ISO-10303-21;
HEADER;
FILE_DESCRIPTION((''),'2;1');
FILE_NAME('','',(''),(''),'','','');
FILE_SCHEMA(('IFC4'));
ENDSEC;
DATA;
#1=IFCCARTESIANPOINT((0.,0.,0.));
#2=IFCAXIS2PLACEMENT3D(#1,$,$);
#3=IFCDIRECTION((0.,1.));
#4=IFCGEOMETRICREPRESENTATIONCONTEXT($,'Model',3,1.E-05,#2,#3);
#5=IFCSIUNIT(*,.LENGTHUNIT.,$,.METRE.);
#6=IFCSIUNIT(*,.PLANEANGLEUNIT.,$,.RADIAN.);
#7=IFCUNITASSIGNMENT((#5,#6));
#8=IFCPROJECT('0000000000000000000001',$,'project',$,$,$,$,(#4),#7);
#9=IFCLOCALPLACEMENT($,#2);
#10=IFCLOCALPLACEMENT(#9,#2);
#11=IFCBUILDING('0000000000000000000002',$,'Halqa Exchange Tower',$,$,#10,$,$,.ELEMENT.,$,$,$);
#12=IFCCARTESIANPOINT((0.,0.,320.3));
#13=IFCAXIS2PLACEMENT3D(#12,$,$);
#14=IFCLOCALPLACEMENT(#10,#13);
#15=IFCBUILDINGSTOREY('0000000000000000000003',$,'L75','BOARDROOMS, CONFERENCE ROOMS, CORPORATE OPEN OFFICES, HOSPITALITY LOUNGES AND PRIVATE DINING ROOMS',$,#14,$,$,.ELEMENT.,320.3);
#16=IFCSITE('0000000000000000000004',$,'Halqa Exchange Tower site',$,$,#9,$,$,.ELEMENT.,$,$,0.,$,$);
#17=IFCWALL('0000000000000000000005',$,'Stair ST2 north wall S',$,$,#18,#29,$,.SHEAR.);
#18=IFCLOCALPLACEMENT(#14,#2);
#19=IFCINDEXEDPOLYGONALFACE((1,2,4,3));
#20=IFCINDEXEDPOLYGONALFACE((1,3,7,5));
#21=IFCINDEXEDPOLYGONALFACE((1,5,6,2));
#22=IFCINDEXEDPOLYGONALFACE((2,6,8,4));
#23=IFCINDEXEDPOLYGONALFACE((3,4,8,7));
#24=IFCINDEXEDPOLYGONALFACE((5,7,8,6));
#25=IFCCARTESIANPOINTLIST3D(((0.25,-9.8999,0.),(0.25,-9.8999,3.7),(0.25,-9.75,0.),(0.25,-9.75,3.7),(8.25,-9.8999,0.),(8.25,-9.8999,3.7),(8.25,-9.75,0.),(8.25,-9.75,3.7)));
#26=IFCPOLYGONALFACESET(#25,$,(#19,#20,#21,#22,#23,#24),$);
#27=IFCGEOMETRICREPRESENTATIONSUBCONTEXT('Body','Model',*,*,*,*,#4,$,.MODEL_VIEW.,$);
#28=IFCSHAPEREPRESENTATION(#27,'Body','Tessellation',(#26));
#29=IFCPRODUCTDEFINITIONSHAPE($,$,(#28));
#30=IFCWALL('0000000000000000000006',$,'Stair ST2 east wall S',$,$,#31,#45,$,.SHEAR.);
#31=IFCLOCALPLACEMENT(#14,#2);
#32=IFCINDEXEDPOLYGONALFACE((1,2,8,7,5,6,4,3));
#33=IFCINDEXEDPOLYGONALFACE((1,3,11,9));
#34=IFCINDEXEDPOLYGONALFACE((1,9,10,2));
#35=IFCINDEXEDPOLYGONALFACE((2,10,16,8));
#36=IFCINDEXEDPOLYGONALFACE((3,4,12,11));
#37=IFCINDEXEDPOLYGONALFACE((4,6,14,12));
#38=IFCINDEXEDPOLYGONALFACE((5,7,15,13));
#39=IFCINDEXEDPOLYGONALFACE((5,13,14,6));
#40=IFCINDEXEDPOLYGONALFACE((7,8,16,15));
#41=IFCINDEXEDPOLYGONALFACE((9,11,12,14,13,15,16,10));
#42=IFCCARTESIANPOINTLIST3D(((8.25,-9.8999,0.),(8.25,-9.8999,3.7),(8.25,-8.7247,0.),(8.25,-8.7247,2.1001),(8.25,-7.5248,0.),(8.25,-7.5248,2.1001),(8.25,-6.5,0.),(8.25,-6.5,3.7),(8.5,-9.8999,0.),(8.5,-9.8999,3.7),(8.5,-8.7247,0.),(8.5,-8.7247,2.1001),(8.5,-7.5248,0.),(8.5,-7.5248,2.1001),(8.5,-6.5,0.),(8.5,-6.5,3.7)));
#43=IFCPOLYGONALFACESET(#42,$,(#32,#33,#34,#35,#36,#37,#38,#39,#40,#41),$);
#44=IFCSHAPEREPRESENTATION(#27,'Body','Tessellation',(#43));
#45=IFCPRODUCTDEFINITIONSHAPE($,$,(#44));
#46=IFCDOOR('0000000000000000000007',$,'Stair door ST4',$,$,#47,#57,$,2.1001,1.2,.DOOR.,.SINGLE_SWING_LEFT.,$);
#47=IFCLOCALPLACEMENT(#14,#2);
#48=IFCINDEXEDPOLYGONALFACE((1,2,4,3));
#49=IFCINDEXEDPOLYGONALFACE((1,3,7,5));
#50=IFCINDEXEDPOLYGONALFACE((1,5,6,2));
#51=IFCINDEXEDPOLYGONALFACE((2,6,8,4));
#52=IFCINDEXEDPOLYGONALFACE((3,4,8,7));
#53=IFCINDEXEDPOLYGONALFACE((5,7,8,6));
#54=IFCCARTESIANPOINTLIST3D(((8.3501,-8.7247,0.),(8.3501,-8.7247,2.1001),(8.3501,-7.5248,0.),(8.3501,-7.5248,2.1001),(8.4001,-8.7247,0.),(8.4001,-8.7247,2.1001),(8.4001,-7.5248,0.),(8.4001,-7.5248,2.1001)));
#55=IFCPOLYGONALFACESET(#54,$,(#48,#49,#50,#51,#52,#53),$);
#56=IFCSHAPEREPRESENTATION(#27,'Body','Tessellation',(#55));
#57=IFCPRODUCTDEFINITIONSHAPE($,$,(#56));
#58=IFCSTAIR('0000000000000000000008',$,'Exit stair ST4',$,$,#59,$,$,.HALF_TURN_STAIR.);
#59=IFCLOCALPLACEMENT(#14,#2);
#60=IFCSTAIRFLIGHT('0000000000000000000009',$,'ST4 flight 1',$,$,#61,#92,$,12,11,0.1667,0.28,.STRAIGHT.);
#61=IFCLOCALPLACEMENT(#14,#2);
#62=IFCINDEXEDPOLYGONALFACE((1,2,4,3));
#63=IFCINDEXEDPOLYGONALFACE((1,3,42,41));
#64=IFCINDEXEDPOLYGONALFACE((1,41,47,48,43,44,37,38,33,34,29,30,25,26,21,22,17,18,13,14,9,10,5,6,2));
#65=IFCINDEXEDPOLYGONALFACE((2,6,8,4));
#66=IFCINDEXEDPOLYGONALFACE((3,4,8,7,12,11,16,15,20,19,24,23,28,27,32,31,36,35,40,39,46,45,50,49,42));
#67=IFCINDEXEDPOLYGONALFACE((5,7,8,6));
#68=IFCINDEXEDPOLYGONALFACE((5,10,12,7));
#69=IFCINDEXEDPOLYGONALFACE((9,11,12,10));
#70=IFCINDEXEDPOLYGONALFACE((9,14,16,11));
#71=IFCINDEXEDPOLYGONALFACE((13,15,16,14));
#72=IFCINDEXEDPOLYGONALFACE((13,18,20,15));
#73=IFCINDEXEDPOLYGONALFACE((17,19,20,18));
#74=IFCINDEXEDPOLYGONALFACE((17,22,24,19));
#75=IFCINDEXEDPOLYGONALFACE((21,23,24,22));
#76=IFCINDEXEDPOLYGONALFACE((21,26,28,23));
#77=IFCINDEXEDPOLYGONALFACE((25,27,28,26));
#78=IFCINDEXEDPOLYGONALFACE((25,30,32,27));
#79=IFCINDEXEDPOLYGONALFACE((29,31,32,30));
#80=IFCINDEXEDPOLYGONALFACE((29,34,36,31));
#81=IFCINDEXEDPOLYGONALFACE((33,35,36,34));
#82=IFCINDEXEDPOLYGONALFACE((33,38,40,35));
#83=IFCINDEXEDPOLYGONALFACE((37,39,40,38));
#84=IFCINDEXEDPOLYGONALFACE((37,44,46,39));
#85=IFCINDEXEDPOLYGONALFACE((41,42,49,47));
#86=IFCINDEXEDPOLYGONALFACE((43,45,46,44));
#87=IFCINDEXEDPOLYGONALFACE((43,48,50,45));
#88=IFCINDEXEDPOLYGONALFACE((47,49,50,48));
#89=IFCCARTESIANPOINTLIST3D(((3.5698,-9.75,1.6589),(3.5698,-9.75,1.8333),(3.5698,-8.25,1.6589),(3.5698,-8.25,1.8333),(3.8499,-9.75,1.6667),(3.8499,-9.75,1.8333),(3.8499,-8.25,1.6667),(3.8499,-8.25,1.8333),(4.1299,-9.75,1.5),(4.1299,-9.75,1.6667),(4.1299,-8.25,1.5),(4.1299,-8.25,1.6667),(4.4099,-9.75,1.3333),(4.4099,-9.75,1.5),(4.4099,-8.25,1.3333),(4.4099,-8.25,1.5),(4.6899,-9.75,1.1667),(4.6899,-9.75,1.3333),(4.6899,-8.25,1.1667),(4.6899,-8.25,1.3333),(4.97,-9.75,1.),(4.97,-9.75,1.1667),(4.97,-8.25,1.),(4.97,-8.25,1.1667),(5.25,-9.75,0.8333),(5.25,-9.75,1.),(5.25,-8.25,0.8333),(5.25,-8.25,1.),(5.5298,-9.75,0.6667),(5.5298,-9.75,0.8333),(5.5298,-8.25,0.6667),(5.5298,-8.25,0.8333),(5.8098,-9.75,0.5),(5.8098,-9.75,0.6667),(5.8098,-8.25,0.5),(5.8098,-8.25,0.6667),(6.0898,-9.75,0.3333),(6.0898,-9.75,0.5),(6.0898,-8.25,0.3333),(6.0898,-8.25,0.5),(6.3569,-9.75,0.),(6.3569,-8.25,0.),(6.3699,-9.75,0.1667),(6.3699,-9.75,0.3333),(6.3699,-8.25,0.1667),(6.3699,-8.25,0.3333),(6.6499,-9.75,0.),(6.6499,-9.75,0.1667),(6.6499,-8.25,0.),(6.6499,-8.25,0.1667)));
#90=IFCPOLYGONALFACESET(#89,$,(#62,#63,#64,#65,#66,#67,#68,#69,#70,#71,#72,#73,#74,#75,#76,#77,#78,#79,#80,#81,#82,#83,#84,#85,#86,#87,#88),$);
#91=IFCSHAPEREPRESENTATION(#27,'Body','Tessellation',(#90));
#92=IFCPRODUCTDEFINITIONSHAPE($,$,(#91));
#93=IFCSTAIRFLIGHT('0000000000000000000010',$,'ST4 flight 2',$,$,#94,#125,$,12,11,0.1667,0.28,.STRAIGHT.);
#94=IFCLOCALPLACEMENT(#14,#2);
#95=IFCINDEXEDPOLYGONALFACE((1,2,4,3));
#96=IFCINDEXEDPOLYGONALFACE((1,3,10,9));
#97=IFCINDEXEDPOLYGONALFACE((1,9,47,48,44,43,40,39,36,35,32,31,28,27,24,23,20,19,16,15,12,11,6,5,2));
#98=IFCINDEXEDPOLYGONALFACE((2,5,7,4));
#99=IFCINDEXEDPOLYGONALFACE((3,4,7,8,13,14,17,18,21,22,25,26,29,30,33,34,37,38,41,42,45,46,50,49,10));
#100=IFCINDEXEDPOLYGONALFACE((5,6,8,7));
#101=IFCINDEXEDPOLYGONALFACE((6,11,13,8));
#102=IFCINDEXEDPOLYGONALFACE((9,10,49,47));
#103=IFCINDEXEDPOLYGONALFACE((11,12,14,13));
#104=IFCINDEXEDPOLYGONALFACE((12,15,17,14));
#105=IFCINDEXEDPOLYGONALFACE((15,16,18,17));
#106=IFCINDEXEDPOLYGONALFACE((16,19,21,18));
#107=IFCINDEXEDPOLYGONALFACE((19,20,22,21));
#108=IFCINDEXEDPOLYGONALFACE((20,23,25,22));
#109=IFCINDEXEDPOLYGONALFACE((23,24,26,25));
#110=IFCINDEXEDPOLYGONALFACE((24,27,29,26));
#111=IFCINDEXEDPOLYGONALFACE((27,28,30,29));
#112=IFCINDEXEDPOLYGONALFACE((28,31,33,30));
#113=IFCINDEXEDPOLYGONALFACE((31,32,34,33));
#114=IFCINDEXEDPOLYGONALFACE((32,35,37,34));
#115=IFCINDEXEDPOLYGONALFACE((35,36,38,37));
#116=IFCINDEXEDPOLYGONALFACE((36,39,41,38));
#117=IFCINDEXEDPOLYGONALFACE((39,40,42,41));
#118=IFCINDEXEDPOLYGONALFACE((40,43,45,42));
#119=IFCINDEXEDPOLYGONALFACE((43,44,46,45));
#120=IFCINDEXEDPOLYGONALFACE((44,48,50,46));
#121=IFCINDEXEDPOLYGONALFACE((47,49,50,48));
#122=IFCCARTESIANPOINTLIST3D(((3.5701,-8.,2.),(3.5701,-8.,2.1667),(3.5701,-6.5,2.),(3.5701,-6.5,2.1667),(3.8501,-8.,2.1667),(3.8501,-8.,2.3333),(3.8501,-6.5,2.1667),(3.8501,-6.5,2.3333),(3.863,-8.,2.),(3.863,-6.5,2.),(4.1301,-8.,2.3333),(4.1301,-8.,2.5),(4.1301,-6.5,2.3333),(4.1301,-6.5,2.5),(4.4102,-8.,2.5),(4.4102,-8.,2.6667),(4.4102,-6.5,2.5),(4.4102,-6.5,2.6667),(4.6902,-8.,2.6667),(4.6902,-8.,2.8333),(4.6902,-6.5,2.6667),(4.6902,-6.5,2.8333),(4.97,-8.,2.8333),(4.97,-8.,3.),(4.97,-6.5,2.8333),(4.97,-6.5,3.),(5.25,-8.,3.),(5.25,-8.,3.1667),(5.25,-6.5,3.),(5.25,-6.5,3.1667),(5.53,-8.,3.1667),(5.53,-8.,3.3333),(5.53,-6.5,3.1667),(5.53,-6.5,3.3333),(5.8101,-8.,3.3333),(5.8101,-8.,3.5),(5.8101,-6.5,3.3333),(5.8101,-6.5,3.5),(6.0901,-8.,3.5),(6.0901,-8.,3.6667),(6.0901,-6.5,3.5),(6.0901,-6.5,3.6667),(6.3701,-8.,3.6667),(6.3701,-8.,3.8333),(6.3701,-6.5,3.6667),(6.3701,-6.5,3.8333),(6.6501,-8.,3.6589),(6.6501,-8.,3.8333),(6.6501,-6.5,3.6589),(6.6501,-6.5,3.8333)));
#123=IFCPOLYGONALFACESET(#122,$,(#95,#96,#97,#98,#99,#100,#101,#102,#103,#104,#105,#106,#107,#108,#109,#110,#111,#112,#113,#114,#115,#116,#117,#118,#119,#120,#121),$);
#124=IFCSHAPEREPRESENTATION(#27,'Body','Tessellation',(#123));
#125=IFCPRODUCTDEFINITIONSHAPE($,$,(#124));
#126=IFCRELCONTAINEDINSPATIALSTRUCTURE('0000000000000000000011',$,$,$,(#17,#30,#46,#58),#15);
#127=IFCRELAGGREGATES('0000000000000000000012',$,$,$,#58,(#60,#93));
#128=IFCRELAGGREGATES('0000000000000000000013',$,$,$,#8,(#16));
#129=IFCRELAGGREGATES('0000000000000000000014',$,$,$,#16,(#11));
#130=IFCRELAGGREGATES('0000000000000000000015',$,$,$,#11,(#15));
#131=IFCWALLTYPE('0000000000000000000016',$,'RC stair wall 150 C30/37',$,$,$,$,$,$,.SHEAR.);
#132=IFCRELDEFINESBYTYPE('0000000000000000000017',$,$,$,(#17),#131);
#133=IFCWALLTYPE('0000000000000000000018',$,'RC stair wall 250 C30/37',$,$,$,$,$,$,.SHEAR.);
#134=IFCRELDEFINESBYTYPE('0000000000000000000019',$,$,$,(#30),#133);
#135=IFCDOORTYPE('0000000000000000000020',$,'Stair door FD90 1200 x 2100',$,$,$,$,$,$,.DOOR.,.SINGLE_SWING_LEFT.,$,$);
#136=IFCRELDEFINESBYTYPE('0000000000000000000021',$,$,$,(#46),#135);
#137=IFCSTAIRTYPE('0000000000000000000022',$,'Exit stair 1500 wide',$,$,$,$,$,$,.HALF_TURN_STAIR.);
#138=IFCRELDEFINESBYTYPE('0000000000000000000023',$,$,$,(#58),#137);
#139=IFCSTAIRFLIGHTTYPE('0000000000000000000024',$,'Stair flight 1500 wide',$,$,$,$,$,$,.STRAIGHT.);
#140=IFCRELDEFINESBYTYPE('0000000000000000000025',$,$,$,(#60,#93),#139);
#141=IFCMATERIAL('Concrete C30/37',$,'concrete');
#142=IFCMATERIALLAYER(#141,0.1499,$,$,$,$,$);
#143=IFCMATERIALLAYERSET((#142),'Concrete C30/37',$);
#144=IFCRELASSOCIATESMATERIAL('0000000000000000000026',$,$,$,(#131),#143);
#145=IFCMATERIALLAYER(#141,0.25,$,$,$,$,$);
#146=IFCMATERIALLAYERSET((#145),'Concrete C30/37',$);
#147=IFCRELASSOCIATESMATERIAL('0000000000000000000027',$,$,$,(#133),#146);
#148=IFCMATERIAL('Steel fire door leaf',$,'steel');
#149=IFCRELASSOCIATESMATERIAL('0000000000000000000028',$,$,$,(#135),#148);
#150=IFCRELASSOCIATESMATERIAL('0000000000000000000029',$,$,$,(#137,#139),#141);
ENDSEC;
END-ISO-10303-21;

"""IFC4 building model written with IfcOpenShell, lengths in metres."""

from ifc_helpers import new_model, si_unit, direction, frame, frame_2d, origin, place, context, subcontext, project, spatial, polyline, rectangle, outline, extrude, material, layer, layer_set, type_object, element, fill, aggregate, save


model = new_model("IFC4")

# Units and contexts
model_context = context("Model", 3, precision=1e-05, world=origin(), true_north=direction((0.0, 1.0)))
body_context = subcontext(model_context, "Body", "Model", "MODEL_VIEW")
ifc_project = project(units=[si_unit("LENGTHUNIT", "METRE"), si_unit("PLANEANGLEUNIT", "RADIAN")], contexts=[model_context])

# Site, building, storey
site_placement = place(None, origin())
site = spatial("IfcSite", under=ifc_project, at=site_placement, Name="Halqa Exchange Tower site", CompositionType="ELEMENT", RefElevation=0.0)
building_placement = place(site_placement, origin())
building = spatial("IfcBuilding", under=site, at=building_placement, Name="Halqa Exchange Tower", CompositionType="ELEMENT")
storey_placement = place(building_placement, frame((0.0, 0.0, 320.3)))
storey = spatial("IfcBuildingStorey", under=building, at=storey_placement, Name="L75", Description="BOARDROOMS, CONFERENCE ROOMS, CORPORATE OPEN OFFICES, HOSPITALITY LOUNGES AND PRIVATE DINING ROOMS", CompositionType="ELEMENT", Elevation=320.3)

# Wall
ifc_material_1 = material(Name="Concrete C30/37", Category="concrete")
ifc_layer_1 = layer(ifc_material_1, 0.1499)
ifc_layer_set_1 = layer_set([ifc_layer_1], Name="Concrete C30/37")
wall_type_1 = type_object("IfcWallType", Name="RC stair wall 150 C30/37", PredefinedType="SHEAR", material=ifc_layer_set_1)
wall_1_placement = place(storey_placement, frame((0.25, -9.825, 0.0), z_axis=(0.0, 0.0, 1.0), x_axis=(1.0, 0.0, 0.0)))
element("IfcWall", 1, at=wall_1_placement, inside=storey, type_object=wall_type_1, Name="Stair ST2 north wall S", PredefinedType="SHEAR", context=body_context, shape_type="SweptSolid", body=[
    extrude(rectangle(XDim=8.0, YDim=0.1499, at=frame_2d((4.0, 0.0))), origin(), (0.0, 0.0, 1.0), 3.7),
])

# Wall, opening, door
ifc_layer_2 = layer(ifc_material_1, 0.25)
ifc_layer_set_2 = layer_set([ifc_layer_2], Name="Concrete C30/37")
wall_type_2 = type_object("IfcWallType", Name="RC stair wall 250 C30/37", PredefinedType="SHEAR", material=ifc_layer_set_2)
wall_2_placement = place(storey_placement, frame((8.375, -9.8999, 0.0), z_axis=(0.0, 0.0, 1.0), x_axis=(0.0, 1.0, 0.0)))
wall_2 = element("IfcWall", 2, at=wall_2_placement, inside=storey, type_object=wall_type_2, Name="Stair ST2 east wall S", PredefinedType="SHEAR", context=body_context, shape_type="SweptSolid", body=[
    extrude(rectangle(XDim=3.3999, YDim=0.25, at=frame_2d((1.7, 0.0))), origin(), (0.0, 0.0, 1.0), 3.7),
])
opening_placement = place(wall_2_placement, frame((1.175, 0.0, 0.0)))
opening = element("IfcOpeningElement", 3, at=opening_placement, cuts=wall_2, PredefinedType="OPENING", context=body_context, shape_type="SweptSolid", body=[
    extrude(rectangle(XDim=1.2, YDim=2.1001, at=frame_2d((0.6001, 1.05))), frame((0.0, 0.137, 0.0), z_axis=(0.0, -1.0, 0.0), x_axis=(1.0, 0.0, 0.0)), (0.0, 0.0, 1.0), 0.2739),
])
ifc_material_2 = material(Name="Steel fire door leaf", Category="steel")
door_type = type_object("IfcDoorType", Name="Stair door FD90 1200 x 2100", OperationType="SINGLE_SWING_LEFT", PredefinedType="DOOR", material=ifc_material_2)
door_placement = place(opening_placement, origin())
door = element("IfcDoor", 4, at=door_placement, inside=storey, type_object=door_type, Name="Stair door ST4", OperationType="SINGLE_SWING_LEFT", OverallHeight=2.1001, OverallWidth=1.2, PredefinedType="DOOR", context=body_context, shape_type="SweptSolid", body=[
    extrude(rectangle(XDim=1.2, YDim=2.1001, at=frame_2d((0.6001, 1.05))), frame((0.0, 0.0249, 0.0), z_axis=(0.0, -1.0, 0.0), x_axis=(1.0, 0.0, 0.0)), (0.0, 0.0, 1.0), 0.05),
])
fill(opening, door)

# Stair, stair flights
stair_type = type_object("IfcStairType", Name="Exit stair 1500 wide", PredefinedType="HALF_TURN_STAIR", material=ifc_material_1)
stair_placement = place(storey_placement, origin())
stair = element("IfcStair", 5, at=stair_placement, inside=storey, type_object=stair_type, Name="Exit stair ST4", PredefinedType="HALF_TURN_STAIR")
stair_flight_type = type_object("IfcStairFlightType", Name="Stair flight 1500 wide", PredefinedType="STRAIGHT", material=ifc_material_1)
stair_flight_1_placement = place(storey_placement, frame((6.6499, -9.0, 0.0), z_axis=(0.0, 0.0, 1.0), x_axis=(-1.0, 0.0, 0.0)))
stair_flight_1 = element("IfcStairFlight", 6, at=stair_flight_1_placement, type_object=stair_flight_type, Name="ST4 flight 1", NumberOfRisers=12, NumberOfTreads=11, PredefinedType="STRAIGHT", RiserHeight=0.1667, TreadLength=0.28, context=body_context, shape_type="SweptSolid", body=[
    extrude(outline(polyline([(0.0, 0.0), (0.0, 0.1667), (0.28, 0.1667), (0.28, 0.3333), (0.5601, 0.3333), (0.5601, 0.5), (0.8401, 0.5), (0.8401, 0.6667), (1.1201, 0.6667), (1.1201, 0.8333), (1.3999, 0.8333), (1.3999, 1.0), (1.6799, 1.0), (1.6799, 1.1667), (1.96, 1.1667), (1.96, 1.3333), (2.24, 1.3333), (2.24, 1.5), (2.52, 1.5), (2.52, 1.6667), (2.8, 1.6667), (2.8, 1.8333), (3.0801, 1.8333), (3.0801, 2.0), (3.0801, 1.6589), (0.293, 0.0), (0.0, 0.0)])), frame((0.0, 0.75, 0.0), z_axis=(0.0, -1.0, 0.0), x_axis=(1.0, 0.0, 0.0)), (0.0, 0.0, 1.0), 1.5),
])
stair_flight_2_placement = place(storey_placement, frame((3.5701, -7.25, 2.0), z_axis=(0.0, 0.0, 1.0), x_axis=(1.0, 0.0, 0.0)))
stair_flight_2 = element("IfcStairFlight", 7, at=stair_flight_2_placement, type_object=stair_flight_type, Name="ST4 flight 2", NumberOfRisers=12, NumberOfTreads=11, PredefinedType="STRAIGHT", RiserHeight=0.1667, TreadLength=0.28, context=body_context, shape_type="SweptSolid", body=[
    extrude(outline(polyline([(0.0, 0.0), (0.0, 0.1667), (0.28, 0.1667), (0.28, 0.3333), (0.5601, 0.3333), (0.5601, 0.5), (0.8401, 0.5), (0.8401, 0.6667), (1.1201, 0.6667), (1.1201, 0.8333), (1.3999, 0.8333), (1.3999, 1.0), (1.6799, 1.0), (1.6799, 1.1667), (1.96, 1.1667), (1.96, 1.3333), (2.24, 1.3333), (2.24, 1.5), (2.52, 1.5), (2.52, 1.6667), (2.8, 1.6667), (2.8, 1.8333), (3.0801, 1.8333), (3.0801, 2.0), (3.0801, 1.6589), (0.293, 0.0), (0.0, 0.0)])), frame((0.0, 0.75, 0.0), z_axis=(0.0, -1.0, 0.0), x_axis=(1.0, 0.0, 0.0)), (0.0, 0.0, 1.0), 1.5),
])
aggregate(stair, [stair_flight_1, stair_flight_2])

save(model, "model.ifc")
